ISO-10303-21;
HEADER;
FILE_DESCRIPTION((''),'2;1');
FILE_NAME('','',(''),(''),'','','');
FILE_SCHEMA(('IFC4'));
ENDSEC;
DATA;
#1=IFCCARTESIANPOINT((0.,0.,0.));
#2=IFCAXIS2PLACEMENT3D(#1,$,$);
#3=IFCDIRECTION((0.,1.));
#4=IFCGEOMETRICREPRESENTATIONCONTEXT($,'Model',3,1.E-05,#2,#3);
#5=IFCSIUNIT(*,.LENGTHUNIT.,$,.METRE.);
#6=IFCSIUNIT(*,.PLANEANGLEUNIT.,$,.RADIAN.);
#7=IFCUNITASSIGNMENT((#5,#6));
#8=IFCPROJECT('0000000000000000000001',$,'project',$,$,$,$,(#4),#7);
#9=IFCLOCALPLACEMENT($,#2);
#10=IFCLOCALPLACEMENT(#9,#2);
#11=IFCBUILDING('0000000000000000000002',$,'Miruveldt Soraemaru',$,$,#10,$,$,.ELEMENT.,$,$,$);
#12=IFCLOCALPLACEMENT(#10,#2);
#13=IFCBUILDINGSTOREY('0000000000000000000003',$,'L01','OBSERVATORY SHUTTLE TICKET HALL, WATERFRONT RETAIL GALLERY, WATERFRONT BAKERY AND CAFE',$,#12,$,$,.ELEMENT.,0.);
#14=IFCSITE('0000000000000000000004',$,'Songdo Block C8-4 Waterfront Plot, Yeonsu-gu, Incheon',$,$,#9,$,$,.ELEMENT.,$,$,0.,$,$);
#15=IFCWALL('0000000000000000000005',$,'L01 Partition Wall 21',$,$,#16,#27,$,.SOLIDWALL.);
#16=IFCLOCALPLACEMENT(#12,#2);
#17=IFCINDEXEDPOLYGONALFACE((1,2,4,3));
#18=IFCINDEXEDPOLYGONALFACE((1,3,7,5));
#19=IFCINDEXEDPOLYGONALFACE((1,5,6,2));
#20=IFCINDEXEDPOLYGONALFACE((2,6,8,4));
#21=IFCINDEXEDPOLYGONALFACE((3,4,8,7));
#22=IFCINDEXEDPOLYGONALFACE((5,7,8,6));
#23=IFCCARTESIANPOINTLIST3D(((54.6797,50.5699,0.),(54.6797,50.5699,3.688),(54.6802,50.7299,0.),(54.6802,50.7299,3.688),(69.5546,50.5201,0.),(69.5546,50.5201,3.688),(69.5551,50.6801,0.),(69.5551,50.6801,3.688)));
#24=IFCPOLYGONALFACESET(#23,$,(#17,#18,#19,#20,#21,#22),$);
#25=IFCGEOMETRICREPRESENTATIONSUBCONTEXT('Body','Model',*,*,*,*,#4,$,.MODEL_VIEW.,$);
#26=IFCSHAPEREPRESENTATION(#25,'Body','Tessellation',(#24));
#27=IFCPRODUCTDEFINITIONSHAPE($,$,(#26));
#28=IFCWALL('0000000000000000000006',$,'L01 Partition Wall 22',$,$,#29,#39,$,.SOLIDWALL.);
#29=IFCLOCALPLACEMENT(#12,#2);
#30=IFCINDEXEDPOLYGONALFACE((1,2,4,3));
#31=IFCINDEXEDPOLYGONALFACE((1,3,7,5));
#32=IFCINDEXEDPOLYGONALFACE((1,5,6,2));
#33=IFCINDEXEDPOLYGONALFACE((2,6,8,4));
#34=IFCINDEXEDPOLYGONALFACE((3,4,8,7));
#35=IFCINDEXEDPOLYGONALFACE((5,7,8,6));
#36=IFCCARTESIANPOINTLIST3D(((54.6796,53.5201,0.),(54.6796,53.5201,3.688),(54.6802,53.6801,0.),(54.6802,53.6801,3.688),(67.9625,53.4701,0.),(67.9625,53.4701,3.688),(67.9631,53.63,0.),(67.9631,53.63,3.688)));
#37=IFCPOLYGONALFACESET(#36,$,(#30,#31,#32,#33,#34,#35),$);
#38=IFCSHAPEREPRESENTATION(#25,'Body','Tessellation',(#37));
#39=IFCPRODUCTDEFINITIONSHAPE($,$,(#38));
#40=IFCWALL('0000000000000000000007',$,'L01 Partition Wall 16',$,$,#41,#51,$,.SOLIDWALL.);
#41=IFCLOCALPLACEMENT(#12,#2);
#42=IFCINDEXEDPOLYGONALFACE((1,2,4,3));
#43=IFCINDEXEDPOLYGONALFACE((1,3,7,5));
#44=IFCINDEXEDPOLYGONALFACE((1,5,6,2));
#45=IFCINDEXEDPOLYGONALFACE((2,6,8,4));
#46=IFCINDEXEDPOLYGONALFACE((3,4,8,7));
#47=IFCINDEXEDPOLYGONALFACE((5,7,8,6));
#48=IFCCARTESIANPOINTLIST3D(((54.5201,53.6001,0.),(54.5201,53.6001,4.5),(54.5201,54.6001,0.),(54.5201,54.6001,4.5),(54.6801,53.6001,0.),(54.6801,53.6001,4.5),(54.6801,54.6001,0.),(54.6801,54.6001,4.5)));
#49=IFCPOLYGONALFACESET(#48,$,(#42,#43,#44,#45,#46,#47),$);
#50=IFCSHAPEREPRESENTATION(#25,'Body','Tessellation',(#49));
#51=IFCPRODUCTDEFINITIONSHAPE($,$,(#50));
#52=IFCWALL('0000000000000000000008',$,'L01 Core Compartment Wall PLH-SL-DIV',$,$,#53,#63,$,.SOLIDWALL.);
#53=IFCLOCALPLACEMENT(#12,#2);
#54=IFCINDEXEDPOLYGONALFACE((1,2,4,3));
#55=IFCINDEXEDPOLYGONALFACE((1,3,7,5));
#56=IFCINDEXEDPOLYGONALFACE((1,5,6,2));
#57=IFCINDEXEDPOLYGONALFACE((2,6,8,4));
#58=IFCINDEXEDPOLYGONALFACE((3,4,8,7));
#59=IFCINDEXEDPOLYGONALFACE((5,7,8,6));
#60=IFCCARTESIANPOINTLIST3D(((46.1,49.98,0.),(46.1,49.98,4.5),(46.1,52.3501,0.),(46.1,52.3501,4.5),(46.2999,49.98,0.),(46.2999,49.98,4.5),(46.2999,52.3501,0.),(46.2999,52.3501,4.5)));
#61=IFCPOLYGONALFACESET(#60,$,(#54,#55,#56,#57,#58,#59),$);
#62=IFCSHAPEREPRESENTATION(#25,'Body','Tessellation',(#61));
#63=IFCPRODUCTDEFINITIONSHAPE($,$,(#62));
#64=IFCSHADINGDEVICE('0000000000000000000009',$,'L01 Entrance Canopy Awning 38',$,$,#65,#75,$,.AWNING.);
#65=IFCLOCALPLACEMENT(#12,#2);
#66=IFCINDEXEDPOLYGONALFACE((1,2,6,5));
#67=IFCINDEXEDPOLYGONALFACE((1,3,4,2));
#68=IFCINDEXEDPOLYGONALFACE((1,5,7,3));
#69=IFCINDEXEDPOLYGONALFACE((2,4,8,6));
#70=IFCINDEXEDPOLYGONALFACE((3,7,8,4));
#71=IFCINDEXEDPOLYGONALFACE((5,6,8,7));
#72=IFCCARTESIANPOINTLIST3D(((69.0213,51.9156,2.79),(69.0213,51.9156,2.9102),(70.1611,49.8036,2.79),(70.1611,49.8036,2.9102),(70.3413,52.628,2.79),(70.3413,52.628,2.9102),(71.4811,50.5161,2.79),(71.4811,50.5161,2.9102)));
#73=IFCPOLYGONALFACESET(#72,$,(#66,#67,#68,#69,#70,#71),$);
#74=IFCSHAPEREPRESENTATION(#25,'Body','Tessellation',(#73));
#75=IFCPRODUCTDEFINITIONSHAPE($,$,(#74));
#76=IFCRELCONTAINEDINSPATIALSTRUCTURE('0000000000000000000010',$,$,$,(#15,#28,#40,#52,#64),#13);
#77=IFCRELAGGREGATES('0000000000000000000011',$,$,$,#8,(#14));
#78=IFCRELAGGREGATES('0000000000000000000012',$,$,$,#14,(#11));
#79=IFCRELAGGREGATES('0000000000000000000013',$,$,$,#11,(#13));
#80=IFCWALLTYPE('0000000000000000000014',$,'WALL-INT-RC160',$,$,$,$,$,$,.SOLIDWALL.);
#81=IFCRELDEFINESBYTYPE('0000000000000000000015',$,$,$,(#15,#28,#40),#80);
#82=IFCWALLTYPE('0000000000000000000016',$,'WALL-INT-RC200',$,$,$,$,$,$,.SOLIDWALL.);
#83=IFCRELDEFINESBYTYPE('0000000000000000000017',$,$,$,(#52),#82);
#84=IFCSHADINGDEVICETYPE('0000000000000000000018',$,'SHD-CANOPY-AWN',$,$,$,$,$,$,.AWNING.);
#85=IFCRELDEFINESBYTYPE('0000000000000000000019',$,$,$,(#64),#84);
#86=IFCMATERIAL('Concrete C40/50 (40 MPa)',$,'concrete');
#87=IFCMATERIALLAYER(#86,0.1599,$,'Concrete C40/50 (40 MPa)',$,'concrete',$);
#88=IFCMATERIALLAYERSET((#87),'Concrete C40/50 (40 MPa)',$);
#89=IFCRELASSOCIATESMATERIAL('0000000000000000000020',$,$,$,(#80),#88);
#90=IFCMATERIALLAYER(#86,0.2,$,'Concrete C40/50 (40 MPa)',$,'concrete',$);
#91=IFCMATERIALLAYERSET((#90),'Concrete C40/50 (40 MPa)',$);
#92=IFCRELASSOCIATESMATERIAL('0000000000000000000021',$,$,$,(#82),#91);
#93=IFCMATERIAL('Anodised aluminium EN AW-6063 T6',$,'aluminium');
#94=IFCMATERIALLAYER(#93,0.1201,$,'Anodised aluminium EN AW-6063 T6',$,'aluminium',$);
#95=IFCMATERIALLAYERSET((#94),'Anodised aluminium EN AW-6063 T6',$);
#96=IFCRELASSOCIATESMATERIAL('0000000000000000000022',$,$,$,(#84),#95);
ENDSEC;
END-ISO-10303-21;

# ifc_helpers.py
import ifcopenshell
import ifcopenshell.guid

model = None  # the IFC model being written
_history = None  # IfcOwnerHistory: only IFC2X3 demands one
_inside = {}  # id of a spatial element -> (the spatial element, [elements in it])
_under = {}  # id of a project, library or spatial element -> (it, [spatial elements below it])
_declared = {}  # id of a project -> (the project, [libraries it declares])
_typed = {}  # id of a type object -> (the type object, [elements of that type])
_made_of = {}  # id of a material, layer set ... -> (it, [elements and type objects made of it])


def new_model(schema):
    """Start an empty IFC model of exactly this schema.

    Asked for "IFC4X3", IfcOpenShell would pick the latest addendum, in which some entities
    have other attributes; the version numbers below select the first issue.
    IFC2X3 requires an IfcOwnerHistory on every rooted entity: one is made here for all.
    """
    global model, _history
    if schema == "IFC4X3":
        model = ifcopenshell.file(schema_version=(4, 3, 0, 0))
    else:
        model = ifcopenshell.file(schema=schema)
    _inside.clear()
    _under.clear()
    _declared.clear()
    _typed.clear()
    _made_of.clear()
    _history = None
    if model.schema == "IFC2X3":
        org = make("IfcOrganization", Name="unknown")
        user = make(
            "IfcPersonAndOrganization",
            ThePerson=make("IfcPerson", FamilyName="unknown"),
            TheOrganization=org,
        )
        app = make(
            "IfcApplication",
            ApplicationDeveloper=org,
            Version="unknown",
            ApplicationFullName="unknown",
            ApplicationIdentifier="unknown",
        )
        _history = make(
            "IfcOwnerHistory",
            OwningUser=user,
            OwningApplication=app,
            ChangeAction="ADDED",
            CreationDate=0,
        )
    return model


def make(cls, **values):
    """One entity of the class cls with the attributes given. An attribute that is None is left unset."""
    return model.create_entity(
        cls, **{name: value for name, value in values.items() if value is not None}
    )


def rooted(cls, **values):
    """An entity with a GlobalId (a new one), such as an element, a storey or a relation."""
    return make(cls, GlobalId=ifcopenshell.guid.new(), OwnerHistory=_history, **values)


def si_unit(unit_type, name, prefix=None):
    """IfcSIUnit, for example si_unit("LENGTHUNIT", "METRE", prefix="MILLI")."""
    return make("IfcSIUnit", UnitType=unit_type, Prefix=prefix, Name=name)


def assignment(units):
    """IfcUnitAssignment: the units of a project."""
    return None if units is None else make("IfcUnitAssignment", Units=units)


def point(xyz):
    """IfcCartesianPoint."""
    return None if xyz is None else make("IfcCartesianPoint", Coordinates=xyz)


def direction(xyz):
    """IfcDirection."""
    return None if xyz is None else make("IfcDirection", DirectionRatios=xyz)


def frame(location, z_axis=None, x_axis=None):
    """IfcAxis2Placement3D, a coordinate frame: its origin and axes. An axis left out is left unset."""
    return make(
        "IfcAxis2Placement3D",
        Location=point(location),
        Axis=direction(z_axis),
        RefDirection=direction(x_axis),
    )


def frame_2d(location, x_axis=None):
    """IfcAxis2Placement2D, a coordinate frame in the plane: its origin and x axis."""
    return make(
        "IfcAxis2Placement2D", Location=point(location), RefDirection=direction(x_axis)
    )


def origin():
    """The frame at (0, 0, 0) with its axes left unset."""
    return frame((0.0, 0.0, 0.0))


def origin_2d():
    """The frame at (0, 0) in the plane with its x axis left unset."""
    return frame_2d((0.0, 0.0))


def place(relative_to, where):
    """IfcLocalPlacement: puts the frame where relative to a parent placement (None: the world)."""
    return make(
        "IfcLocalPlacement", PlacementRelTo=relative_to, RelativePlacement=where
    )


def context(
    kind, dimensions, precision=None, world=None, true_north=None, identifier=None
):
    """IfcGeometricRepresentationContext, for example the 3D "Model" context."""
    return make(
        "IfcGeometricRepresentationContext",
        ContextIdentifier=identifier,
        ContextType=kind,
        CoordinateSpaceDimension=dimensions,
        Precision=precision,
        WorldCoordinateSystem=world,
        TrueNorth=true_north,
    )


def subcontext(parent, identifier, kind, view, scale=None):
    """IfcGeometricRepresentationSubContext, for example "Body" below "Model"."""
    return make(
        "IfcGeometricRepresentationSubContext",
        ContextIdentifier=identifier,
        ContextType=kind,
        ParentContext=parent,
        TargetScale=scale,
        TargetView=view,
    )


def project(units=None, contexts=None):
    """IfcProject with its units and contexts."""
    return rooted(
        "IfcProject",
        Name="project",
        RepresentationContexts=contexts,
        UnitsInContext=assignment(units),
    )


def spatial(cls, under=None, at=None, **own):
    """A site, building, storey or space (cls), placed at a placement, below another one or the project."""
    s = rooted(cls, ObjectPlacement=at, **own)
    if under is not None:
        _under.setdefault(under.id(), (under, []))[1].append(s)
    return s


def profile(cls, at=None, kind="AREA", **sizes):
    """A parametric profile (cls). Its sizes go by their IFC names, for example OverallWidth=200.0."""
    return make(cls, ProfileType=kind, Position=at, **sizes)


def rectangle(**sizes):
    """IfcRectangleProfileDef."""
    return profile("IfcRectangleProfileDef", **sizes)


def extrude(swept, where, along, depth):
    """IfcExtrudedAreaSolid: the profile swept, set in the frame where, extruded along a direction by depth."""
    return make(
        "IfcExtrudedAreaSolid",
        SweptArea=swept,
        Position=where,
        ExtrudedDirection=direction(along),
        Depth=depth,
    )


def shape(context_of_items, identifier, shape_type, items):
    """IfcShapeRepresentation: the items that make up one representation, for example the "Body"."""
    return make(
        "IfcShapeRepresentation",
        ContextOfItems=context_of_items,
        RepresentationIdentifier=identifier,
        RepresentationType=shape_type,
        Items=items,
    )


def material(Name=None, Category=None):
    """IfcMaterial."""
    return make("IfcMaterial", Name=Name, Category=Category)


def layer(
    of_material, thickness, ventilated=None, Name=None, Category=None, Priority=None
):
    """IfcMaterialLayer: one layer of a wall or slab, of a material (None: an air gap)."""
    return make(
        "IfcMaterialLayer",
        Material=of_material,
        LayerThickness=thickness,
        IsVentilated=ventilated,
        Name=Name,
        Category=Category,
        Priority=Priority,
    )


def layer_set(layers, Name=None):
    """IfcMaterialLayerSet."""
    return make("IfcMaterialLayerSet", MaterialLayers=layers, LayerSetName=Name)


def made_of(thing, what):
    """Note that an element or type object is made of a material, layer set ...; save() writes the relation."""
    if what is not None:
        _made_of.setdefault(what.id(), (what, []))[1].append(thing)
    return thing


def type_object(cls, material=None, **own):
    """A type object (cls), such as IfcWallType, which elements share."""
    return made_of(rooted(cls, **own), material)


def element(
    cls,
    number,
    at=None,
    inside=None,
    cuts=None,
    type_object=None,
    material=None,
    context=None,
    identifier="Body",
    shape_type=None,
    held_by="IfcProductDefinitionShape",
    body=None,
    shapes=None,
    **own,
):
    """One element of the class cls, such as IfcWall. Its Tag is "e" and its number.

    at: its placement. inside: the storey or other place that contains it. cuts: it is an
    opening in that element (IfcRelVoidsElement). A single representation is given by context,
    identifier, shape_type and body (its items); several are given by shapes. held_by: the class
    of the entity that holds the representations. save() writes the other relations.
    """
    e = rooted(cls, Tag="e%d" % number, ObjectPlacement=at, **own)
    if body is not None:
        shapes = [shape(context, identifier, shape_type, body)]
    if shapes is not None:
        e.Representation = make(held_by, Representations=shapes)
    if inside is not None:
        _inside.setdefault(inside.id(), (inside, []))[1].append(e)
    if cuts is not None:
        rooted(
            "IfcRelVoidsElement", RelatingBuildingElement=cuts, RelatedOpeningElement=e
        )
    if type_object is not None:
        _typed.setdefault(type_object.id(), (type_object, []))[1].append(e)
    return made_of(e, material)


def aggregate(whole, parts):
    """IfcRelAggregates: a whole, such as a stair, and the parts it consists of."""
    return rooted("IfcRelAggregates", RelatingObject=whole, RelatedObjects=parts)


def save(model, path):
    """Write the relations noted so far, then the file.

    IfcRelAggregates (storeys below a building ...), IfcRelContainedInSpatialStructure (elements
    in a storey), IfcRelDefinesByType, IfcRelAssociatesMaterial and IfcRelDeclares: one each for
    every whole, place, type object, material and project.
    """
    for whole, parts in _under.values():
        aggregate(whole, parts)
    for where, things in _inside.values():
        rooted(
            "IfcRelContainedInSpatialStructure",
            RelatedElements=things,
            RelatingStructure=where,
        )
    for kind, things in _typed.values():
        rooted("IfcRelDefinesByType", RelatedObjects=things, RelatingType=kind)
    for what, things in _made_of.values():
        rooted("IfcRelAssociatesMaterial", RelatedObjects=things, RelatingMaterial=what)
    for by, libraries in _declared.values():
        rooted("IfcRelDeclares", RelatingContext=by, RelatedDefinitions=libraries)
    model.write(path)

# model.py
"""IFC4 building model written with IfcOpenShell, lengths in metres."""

from ifc_helpers import new_model, si_unit, direction, frame, frame_2d, origin, origin_2d, place, context, subcontext, project, spatial, rectangle, extrude, material, layer, layer_set, type_object, element, save


model = new_model("IFC4")

# Units and contexts
model_context = context("Model", 3, precision=1e-05, world=origin(), true_north=direction((0.0, 1.0)))
body_context = subcontext(model_context, "Body", "Model", "MODEL_VIEW")
ifc_project = project(units=[si_unit("LENGTHUNIT", "METRE"), si_unit("PLANEANGLEUNIT", "RADIAN")], contexts=[model_context])

# Site, building, storey
site_placement = place(None, origin())
site = spatial("IfcSite", under=ifc_project, at=site_placement, Name="Songdo Block C8-4 Waterfront Plot, Yeonsu-gu, Incheon", CompositionType="ELEMENT", RefElevation=0.0)
building_placement = place(site_placement, origin())
building = spatial("IfcBuilding", under=site, at=building_placement, Name="Miruveldt Soraemaru", CompositionType="ELEMENT")
storey_placement = place(building_placement, origin())
storey = spatial("IfcBuildingStorey", under=building, at=storey_placement, Name="L01", Description="OBSERVATORY SHUTTLE TICKET HALL, WATERFRONT RETAIL GALLERY, WATERFRONT BAKERY AND CAFE", CompositionType="ELEMENT", Elevation=0.0)

# Shared definitions
ifc_material_1 = material(Name="Anodised aluminium EN AW-6063 T6", Category="aluminium")
ifc_material_2 = material(Name="Concrete C40/50 (40 MPa)", Category="concrete")
ifc_layer_1 = layer(ifc_material_2, 0.1599, Name="Concrete C40/50 (40 MPa)", Category="concrete")
ifc_layer_set_1 = layer_set([ifc_layer_1], Name="Concrete C40/50 (40 MPa)")
wall_type_1 = type_object("IfcWallType", Name="WALL-INT-RC160", PredefinedType="SOLIDWALL", material=ifc_layer_set_1)

# Walls
wall_1_placement = place(storey_placement, frame((54.6799, 50.6499, 0.0), z_axis=(0.0, 0.0, 1.0), x_axis=(0.999994, -0.003348, 0.0)))
element("IfcWall", 1, at=wall_1_placement, inside=storey, type_object=wall_type_1, Name="L01 Partition Wall 21", PredefinedType="SOLIDWALL", context=body_context, shape_type="SweptSolid", body=[
    extrude(rectangle(XDim=14.875, YDim=0.1599, at=frame_2d((7.4375, 0.0))), origin(), (0.0, 0.0, 1.0), 3.688),
])
wall_2_placement = place(storey_placement, frame((67.9629, 53.55, 0.0), z_axis=(0.0, 0.0, 1.0), x_axis=(-0.999993, 0.003768, 0.0)))
element("IfcWall", 2, at=wall_2_placement, inside=storey, type_object=wall_type_1, Name="L01 Partition Wall 22", PredefinedType="SOLIDWALL", context=body_context, shape_type="SweptSolid", body=[
    extrude(rectangle(XDim=13.283, YDim=0.1599, at=frame_2d((6.6416, 0.0))), origin(), (0.0, 0.0, 1.0), 3.688),
])
wall_3_placement = place(storey_placement, frame((54.6001, 53.6001, 0.0), z_axis=(0.0, 0.0, 1.0), x_axis=(0.0, 1.0, 0.0)))
element("IfcWall", 3, at=wall_3_placement, inside=storey, type_object=wall_type_1, Name="L01 Partition Wall 16", PredefinedType="SOLIDWALL", context=body_context, shape_type="SweptSolid", body=[
    extrude(rectangle(XDim=1.0, YDim=0.1599, at=frame_2d((0.5, 0.0))), origin(), (0.0, 0.0, 1.0), 4.5),
])

# Shared definitions
ifc_layer_2 = layer(ifc_material_2, 0.2, Name="Concrete C40/50 (40 MPa)", Category="concrete")
ifc_layer_set_2 = layer_set([ifc_layer_2], Name="Concrete C40/50 (40 MPa)")
wall_type_2 = type_object("IfcWallType", Name="WALL-INT-RC200", PredefinedType="SOLIDWALL", material=ifc_layer_set_2)

# Wall
wall_4_placement = place(storey_placement, frame((46.2, 49.98, 0.0), z_axis=(0.0, 0.0, 1.0), x_axis=(0.0, 1.0, 0.0)))
element("IfcWall", 4, at=wall_4_placement, inside=storey, type_object=wall_type_2, Name="L01 Core Compartment Wall PLH-SL-DIV", PredefinedType="SOLIDWALL", context=body_context, shape_type="SweptSolid", body=[
    extrude(rectangle(XDim=2.3701, YDim=0.2, at=frame_2d((1.1851, 0.0))), origin(), (0.0, 0.0, 1.0), 4.5),
])

# Shading device
ifc_layer_3 = layer(ifc_material_1, 0.1201, Name="Anodised aluminium EN AW-6063 T6", Category="aluminium")
ifc_layer_set_3 = layer_set([ifc_layer_3], Name="Anodised aluminium EN AW-6063 T6")
shading_device_type = type_object("IfcShadingDeviceType", Name="SHD-CANOPY-AWN", PredefinedType="AWNING", material=ifc_layer_set_3)
shading_device_placement = place(storey_placement, frame((70.2512, 51.2158, 2.79), z_axis=(0.0, 0.0, 1.0), x_axis=(-0.474949, 0.880014, 0.0)))
element("IfcShadingDevice", 5, at=shading_device_placement, inside=storey, type_object=shading_device_type, Name="L01 Entrance Canopy Awning 38", PredefinedType="AWNING", context=body_context, shape_type="SweptSolid", body=[
    extrude(rectangle(XDim=2.3999, YDim=1.5, at=origin_2d()), origin(), (0.0, 0.0, 1.0), 0.1201),
])

save(model, "model.ifc")
